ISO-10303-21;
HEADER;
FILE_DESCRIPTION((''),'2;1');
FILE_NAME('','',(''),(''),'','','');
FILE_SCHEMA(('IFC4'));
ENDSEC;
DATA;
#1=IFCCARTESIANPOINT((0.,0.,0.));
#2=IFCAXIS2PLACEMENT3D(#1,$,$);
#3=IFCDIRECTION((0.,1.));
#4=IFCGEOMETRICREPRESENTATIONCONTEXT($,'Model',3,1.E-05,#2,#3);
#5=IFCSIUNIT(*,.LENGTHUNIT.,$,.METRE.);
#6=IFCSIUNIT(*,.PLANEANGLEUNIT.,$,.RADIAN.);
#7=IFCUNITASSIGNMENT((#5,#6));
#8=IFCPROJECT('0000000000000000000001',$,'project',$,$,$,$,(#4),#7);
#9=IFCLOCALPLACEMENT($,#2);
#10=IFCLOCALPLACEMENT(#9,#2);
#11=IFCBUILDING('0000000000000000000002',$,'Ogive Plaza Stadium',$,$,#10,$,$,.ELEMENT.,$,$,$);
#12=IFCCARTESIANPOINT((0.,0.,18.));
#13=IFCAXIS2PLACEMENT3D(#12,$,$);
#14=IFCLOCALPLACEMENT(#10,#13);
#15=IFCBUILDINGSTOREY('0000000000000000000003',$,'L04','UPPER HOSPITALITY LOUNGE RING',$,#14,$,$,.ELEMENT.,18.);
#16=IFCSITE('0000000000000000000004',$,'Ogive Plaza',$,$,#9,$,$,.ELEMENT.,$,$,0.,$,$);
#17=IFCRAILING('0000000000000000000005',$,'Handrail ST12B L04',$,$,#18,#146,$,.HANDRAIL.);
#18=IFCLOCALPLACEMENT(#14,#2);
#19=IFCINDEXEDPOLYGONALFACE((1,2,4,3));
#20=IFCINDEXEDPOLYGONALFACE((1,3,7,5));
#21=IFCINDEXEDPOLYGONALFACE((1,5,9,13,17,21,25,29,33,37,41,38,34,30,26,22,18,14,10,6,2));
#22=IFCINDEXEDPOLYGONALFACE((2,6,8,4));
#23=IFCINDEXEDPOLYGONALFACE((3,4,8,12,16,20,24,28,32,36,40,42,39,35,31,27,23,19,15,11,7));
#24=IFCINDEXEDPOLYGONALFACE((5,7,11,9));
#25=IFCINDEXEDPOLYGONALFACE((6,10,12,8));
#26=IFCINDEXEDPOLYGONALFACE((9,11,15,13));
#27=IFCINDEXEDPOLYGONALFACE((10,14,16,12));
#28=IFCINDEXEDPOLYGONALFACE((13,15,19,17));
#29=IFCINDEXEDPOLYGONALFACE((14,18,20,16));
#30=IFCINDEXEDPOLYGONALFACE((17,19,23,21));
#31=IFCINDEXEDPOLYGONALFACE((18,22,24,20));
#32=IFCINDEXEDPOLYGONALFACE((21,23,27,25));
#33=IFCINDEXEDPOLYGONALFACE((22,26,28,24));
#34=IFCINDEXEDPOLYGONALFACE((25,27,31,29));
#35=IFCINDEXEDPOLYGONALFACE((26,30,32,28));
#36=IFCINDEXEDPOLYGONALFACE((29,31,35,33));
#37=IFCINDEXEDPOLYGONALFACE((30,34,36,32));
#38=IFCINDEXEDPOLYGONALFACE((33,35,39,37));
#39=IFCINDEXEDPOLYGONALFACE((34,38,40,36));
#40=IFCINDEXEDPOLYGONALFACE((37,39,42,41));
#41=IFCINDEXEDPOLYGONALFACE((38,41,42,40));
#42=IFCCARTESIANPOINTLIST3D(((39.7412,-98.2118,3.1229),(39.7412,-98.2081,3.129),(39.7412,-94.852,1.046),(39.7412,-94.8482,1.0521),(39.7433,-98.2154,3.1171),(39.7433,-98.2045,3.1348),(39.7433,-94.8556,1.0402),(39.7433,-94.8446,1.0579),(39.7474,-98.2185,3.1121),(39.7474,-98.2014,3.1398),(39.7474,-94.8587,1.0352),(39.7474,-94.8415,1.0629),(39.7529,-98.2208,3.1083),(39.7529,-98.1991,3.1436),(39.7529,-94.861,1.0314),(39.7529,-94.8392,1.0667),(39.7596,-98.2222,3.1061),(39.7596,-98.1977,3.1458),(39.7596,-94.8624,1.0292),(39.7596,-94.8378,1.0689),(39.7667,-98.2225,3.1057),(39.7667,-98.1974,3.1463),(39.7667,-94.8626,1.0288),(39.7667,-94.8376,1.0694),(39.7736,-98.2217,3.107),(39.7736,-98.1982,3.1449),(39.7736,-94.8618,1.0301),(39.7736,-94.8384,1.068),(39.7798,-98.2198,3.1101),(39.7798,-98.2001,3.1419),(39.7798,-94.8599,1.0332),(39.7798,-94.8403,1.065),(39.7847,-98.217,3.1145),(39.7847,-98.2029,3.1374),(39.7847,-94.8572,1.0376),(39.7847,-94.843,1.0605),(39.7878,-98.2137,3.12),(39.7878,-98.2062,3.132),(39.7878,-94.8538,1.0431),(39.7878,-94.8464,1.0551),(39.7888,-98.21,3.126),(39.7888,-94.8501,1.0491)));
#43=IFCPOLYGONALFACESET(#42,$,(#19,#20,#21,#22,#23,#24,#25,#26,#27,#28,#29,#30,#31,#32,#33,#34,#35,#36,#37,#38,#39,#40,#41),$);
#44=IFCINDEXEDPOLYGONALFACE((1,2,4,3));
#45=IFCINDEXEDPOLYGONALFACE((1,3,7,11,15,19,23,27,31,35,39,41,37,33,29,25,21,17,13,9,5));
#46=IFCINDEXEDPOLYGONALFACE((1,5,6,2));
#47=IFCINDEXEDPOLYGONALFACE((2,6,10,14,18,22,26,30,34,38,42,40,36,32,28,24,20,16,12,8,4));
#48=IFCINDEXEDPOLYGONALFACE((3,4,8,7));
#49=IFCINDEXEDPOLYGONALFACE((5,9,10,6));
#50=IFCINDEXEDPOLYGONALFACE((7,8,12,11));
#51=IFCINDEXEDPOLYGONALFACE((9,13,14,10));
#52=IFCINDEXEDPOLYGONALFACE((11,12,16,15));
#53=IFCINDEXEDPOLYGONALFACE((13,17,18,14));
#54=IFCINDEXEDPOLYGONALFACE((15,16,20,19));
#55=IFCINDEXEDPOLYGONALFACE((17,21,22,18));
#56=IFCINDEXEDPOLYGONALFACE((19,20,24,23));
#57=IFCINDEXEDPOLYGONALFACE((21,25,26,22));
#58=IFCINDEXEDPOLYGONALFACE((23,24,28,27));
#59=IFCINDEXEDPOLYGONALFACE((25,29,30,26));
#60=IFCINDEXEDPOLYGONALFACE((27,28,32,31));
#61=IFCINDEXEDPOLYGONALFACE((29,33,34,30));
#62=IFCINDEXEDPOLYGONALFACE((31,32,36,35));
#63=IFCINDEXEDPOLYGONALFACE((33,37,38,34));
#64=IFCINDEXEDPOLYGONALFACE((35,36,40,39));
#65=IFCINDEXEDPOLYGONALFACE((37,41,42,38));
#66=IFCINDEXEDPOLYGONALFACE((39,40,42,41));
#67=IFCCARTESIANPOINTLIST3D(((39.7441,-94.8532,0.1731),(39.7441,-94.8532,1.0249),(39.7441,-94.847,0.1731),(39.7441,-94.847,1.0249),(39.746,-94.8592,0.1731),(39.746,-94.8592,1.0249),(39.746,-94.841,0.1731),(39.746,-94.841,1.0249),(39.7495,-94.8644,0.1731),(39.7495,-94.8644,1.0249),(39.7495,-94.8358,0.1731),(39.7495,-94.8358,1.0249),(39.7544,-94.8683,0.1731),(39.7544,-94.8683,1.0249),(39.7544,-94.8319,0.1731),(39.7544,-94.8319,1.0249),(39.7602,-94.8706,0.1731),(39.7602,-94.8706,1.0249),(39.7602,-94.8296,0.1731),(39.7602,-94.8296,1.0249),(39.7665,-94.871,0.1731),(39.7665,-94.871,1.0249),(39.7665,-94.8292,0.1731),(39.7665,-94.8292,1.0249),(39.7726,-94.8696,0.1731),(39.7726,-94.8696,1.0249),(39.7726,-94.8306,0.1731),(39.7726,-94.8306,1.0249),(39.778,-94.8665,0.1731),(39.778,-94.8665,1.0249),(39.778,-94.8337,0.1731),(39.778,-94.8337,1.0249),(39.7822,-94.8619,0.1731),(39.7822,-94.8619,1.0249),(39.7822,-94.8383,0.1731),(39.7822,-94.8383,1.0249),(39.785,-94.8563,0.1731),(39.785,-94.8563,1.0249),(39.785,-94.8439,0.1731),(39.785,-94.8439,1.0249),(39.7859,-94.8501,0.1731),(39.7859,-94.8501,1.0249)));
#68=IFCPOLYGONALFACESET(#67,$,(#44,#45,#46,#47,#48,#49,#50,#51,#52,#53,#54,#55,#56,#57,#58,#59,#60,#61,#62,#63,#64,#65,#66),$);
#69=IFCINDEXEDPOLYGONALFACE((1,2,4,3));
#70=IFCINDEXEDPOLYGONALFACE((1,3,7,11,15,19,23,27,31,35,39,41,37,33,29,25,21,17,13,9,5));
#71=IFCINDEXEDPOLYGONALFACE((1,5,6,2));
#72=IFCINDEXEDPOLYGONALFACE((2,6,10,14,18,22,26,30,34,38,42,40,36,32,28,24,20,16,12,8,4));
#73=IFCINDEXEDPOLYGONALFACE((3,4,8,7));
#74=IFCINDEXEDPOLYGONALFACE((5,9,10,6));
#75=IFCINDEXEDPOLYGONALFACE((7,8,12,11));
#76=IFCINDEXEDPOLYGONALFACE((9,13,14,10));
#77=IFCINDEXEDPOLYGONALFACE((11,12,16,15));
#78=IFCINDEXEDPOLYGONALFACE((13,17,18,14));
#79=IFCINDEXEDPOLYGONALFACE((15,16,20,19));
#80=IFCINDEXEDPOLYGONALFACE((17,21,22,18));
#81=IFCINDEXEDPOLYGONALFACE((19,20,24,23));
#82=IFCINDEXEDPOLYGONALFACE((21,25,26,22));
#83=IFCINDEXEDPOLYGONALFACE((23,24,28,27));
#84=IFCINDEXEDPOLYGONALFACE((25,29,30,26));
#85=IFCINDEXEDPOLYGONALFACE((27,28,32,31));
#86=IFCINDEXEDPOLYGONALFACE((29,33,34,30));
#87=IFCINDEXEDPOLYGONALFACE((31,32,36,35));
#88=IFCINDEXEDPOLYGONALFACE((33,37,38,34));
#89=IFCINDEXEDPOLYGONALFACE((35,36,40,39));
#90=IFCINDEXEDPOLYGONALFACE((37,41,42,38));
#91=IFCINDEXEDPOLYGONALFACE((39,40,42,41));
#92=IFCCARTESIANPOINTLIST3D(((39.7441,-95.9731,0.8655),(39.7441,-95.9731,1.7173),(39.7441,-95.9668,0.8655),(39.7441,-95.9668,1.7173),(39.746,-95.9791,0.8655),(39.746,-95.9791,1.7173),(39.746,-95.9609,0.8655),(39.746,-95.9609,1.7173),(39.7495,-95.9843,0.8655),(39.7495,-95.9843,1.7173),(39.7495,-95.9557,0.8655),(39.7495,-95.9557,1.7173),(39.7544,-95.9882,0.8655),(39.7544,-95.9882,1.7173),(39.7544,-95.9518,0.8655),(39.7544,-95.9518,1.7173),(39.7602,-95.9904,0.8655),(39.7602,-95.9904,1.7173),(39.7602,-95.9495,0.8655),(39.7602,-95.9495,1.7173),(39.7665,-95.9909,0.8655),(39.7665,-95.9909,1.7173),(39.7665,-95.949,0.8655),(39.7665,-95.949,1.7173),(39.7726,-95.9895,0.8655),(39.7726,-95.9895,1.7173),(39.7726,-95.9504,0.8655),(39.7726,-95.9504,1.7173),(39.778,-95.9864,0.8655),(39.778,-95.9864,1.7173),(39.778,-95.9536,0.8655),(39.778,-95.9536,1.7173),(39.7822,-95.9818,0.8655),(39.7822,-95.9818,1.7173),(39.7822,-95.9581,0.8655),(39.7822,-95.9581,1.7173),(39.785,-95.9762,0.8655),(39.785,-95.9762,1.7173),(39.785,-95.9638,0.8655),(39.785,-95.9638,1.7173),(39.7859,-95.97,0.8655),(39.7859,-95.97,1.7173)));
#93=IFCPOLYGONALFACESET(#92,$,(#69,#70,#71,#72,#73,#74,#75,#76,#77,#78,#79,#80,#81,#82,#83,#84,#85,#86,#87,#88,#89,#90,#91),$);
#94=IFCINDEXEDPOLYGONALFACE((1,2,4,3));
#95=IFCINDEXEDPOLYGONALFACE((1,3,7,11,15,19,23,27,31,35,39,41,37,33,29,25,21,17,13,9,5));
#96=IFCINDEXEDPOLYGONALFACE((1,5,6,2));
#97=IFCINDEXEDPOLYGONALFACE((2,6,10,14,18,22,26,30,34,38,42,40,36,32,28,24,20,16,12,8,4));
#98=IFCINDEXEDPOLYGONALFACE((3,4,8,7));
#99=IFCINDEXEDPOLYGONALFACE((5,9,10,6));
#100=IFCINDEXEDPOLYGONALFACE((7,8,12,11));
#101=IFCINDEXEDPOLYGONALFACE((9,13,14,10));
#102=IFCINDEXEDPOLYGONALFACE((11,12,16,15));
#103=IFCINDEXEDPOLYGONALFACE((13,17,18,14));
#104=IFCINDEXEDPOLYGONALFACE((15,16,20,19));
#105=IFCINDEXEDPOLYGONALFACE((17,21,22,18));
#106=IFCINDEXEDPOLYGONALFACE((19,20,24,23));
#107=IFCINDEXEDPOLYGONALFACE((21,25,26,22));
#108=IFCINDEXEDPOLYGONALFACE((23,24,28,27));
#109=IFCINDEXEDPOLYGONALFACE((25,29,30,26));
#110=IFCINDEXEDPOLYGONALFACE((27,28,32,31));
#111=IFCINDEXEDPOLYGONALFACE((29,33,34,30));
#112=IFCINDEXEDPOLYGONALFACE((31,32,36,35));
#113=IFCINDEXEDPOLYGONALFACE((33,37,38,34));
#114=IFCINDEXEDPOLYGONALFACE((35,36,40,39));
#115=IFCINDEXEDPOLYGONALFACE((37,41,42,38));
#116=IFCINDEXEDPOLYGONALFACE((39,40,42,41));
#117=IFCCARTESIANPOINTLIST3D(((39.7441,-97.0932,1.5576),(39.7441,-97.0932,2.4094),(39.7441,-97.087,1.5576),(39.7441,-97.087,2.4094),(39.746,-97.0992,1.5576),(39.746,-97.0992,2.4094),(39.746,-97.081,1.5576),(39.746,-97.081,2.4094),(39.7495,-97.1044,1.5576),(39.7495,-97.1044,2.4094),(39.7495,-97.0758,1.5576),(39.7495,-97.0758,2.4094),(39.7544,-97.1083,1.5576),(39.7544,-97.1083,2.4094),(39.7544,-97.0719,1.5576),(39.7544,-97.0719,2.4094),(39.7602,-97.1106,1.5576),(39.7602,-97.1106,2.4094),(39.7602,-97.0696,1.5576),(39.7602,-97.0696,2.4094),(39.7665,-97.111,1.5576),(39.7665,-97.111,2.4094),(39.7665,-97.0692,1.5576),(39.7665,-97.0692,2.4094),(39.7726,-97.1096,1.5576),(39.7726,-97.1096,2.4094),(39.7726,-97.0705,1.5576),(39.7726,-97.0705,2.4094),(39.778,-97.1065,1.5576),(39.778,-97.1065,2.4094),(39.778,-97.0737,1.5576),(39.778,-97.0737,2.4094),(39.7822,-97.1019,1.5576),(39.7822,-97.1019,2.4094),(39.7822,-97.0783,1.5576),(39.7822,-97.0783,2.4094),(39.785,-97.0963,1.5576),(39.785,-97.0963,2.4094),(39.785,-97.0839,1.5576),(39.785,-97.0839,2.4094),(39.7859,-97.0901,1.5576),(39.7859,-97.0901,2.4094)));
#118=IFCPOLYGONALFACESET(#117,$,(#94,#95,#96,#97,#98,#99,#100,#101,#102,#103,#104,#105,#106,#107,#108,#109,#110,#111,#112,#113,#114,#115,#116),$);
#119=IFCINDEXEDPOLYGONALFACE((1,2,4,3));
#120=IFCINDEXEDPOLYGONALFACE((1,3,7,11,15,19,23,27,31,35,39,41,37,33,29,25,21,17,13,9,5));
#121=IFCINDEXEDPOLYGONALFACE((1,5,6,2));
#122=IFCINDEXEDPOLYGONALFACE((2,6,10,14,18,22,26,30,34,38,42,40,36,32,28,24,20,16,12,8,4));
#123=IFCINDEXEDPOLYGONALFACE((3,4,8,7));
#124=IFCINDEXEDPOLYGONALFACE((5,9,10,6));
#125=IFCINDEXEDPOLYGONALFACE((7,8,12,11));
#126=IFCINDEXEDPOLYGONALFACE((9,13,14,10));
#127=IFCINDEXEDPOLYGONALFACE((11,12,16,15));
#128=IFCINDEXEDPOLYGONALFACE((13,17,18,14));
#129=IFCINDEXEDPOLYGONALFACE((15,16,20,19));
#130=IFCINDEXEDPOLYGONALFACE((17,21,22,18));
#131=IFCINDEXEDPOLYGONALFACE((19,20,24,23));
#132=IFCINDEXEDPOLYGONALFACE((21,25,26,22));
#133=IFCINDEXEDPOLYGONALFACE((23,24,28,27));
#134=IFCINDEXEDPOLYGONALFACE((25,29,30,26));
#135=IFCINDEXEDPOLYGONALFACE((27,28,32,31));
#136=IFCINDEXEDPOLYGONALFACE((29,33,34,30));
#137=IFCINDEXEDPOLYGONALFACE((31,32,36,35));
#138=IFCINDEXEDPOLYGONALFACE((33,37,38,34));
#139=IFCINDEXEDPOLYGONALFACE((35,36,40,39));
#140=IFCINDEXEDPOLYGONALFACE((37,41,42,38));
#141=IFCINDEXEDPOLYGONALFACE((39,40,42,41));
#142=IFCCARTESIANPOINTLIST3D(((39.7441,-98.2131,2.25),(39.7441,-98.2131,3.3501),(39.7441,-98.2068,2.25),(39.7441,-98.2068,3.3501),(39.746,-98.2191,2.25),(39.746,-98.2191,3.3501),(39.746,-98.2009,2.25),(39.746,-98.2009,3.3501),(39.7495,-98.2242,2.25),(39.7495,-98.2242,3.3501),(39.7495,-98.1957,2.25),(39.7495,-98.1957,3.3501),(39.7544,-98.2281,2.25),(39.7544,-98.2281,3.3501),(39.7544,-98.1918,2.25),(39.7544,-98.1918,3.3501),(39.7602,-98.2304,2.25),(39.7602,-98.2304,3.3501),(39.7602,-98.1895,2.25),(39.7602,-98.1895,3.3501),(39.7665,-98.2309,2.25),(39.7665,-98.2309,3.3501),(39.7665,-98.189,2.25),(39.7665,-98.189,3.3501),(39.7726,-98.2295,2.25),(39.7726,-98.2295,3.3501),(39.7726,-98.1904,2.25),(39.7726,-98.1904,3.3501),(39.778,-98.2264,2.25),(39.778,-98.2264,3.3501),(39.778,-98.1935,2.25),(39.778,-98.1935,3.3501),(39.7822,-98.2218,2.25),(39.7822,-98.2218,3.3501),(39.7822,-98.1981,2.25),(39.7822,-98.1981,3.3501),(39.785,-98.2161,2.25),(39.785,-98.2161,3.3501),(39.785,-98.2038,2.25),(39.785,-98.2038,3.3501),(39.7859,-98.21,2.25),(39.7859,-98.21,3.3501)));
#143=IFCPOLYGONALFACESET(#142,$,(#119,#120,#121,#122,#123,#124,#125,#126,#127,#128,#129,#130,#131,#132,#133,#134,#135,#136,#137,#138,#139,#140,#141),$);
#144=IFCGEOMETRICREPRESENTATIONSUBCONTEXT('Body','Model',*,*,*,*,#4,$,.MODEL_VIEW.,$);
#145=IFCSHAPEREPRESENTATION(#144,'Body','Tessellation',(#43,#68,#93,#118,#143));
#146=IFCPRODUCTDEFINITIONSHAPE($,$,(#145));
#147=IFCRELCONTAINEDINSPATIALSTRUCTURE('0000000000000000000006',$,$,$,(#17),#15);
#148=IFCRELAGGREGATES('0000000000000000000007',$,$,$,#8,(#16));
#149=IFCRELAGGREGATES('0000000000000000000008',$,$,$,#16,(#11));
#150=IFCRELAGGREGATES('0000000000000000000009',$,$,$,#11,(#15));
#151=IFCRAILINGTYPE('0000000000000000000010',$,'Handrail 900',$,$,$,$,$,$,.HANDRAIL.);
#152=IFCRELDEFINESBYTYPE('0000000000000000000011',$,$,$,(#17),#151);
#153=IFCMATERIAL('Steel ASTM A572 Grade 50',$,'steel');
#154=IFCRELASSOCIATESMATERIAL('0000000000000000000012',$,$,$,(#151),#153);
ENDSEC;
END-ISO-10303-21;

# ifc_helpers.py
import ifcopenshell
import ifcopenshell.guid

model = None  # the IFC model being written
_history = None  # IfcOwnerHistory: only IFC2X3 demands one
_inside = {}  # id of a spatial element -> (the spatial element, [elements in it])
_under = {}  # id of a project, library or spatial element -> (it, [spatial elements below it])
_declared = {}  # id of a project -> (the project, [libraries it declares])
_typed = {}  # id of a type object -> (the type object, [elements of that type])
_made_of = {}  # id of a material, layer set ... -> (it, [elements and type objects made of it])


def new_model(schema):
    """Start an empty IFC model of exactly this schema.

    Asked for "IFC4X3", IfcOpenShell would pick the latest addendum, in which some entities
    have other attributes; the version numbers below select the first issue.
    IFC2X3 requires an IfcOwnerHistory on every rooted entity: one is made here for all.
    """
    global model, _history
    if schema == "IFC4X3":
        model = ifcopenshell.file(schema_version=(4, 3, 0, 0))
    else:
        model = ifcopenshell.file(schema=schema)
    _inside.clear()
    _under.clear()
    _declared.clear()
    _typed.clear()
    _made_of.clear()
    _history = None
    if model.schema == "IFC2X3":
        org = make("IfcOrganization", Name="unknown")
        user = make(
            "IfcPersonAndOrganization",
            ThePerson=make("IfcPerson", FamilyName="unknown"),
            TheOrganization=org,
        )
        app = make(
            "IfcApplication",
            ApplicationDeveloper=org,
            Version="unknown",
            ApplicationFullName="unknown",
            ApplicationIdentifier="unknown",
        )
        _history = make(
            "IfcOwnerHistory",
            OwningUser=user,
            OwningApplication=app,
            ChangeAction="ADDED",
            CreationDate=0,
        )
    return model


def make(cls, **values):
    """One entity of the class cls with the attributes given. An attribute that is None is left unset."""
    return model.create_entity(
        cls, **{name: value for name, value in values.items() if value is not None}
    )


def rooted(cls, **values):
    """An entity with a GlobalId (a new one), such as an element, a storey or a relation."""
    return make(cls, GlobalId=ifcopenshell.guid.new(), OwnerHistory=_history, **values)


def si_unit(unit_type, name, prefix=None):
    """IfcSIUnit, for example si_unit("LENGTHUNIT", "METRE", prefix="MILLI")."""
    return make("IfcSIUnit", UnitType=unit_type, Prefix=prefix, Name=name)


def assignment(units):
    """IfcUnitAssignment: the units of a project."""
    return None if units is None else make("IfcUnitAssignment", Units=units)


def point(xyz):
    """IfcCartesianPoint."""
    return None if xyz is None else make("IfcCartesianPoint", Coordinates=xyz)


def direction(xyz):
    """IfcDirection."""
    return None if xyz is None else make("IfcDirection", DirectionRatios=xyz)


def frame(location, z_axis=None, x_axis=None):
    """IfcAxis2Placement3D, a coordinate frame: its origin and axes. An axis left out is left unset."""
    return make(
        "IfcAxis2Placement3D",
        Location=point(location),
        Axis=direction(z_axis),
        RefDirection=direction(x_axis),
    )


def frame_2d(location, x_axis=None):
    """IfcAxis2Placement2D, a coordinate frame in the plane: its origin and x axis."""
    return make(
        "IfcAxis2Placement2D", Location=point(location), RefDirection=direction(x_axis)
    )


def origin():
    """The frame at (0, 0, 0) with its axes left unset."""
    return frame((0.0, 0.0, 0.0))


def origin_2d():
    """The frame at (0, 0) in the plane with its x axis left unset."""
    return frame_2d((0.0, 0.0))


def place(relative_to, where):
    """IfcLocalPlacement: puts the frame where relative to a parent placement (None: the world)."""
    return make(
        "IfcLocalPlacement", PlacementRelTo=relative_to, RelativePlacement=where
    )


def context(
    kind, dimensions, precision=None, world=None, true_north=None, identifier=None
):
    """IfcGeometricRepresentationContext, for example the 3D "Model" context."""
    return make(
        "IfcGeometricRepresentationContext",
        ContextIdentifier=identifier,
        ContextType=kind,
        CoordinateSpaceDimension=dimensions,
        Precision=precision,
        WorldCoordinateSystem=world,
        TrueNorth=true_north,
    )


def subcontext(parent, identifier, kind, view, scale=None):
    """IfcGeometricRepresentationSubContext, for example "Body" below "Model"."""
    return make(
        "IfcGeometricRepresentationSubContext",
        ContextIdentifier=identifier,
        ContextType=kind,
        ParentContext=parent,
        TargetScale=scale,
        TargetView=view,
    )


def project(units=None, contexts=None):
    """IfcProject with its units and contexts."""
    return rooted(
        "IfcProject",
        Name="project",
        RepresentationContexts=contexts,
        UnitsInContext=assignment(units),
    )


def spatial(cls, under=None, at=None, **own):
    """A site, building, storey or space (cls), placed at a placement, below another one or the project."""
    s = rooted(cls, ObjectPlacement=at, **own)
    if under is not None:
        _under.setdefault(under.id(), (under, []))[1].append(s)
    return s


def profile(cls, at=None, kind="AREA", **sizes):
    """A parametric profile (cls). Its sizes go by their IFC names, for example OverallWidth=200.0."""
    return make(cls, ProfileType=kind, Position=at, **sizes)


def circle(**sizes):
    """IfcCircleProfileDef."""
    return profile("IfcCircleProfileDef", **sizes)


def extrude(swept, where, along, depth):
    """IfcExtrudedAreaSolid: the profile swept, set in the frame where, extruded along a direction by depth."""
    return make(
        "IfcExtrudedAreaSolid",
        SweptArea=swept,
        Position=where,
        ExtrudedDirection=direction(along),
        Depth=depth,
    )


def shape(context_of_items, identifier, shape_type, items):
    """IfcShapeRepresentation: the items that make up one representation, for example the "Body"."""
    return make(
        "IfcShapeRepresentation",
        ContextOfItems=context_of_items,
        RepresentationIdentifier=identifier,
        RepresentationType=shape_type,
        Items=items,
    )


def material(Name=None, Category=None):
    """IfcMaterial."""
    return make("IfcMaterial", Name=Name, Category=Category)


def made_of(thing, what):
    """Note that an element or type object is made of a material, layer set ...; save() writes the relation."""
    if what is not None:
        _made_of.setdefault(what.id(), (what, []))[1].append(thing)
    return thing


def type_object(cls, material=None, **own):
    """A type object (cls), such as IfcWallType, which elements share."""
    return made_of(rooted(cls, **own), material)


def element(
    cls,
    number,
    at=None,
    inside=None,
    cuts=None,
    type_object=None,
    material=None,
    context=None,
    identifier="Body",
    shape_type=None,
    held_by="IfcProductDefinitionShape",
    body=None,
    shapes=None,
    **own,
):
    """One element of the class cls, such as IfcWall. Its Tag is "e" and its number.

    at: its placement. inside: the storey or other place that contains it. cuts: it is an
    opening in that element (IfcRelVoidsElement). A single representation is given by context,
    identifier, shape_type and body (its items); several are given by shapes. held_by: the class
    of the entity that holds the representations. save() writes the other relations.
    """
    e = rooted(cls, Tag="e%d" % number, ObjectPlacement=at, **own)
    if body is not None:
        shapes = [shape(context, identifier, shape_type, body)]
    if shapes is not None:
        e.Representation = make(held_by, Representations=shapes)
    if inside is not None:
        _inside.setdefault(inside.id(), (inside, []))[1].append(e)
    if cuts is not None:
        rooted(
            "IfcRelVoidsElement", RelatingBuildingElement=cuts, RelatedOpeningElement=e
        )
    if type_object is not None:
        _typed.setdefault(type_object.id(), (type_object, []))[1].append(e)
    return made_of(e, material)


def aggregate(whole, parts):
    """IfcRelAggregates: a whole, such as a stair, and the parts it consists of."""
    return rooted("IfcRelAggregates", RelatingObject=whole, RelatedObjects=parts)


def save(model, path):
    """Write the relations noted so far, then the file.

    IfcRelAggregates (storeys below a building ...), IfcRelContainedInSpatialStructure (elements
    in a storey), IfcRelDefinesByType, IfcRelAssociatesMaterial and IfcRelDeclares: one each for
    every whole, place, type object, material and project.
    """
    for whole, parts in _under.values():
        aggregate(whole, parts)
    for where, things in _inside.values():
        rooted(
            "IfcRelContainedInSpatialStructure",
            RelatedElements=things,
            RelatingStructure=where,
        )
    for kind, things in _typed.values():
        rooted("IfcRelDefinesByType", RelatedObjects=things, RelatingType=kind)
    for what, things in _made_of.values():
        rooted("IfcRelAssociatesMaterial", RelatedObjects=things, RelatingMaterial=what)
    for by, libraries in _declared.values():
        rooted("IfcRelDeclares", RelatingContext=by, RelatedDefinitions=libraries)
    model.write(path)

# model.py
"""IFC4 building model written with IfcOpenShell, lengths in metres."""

from ifc_helpers import new_model, si_unit, direction, frame, origin, origin_2d, place, context, subcontext, project, spatial, circle, extrude, material, type_object, element, save


model = new_model("IFC4")

# Units and contexts
model_context = context("Model", 3, precision=1e-05, world=origin(), true_north=direction((0.0, 1.0)))
body_context = subcontext(model_context, "Body", "Model", "MODEL_VIEW")
ifc_project = project(units=[si_unit("LENGTHUNIT", "METRE"), si_unit("PLANEANGLEUNIT", "RADIAN")], contexts=[model_context])

# Site, building, storey
site_placement = place(None, origin())
site = spatial("IfcSite", under=ifc_project, at=site_placement, Name="Ogive Plaza", CompositionType="ELEMENT", RefElevation=0.0)
building_placement = place(site_placement, origin())
building = spatial("IfcBuilding", under=site, at=building_placement, Name="Ogive Plaza Stadium", CompositionType="ELEMENT")
storey_placement = place(building_placement, frame((0.0, 0.0, 18.0)))
storey = spatial("IfcBuildingStorey", under=building, at=storey_placement, Name="L04", Description="UPPER HOSPITALITY LOUNGE RING", CompositionType="ELEMENT", Elevation=18.0)

# Railing
ifc_material_1 = material(Name="Steel ASTM A572 Grade 50", Category="steel")
railing_type_1 = type_object("IfcRailingType", Name="Handrail 900", PredefinedType="HANDRAIL", material=ifc_material_1)
for number, where, name in (
    (1, (39.7649, -94.8501, 0.1731), "Handrail ST12B L04"),
):
    element("IfcRailing", number, at=place(storey_placement, frame(where)), inside=storey, type_object=railing_type_1, Name=name, PredefinedType="HANDRAIL", context=body_context, shape_type="SweptSolid", body=[
        extrude(circle(Radius=0.0239, at=origin_2d()), frame((0.0, 0.0, 0.876), z_axis=(0.0, -0.850606, 0.525803), x_axis=(1.0, 0.0, 0.0)), (0.0, 0.0, 1.0), 3.95),
        extrude(circle(Radius=0.021, at=origin_2d()), origin(), (0.0, 0.0, 1.0), 0.8518),
        extrude(circle(Radius=0.021, at=origin_2d()), frame((0.0, -1.1199, 0.6924)), (0.0, 0.0, 1.0), 0.8518),
        extrude(circle(Radius=0.021, at=origin_2d()), frame((0.0, -2.24, 1.3845)), (0.0, 0.0, 1.0), 0.8518),
        extrude(circle(Radius=0.021, at=origin_2d()), frame((0.0, -3.3599, 2.0769)), (0.0, 0.0, 1.0), 1.1001),
    ])

save(model, "model.ifc")
